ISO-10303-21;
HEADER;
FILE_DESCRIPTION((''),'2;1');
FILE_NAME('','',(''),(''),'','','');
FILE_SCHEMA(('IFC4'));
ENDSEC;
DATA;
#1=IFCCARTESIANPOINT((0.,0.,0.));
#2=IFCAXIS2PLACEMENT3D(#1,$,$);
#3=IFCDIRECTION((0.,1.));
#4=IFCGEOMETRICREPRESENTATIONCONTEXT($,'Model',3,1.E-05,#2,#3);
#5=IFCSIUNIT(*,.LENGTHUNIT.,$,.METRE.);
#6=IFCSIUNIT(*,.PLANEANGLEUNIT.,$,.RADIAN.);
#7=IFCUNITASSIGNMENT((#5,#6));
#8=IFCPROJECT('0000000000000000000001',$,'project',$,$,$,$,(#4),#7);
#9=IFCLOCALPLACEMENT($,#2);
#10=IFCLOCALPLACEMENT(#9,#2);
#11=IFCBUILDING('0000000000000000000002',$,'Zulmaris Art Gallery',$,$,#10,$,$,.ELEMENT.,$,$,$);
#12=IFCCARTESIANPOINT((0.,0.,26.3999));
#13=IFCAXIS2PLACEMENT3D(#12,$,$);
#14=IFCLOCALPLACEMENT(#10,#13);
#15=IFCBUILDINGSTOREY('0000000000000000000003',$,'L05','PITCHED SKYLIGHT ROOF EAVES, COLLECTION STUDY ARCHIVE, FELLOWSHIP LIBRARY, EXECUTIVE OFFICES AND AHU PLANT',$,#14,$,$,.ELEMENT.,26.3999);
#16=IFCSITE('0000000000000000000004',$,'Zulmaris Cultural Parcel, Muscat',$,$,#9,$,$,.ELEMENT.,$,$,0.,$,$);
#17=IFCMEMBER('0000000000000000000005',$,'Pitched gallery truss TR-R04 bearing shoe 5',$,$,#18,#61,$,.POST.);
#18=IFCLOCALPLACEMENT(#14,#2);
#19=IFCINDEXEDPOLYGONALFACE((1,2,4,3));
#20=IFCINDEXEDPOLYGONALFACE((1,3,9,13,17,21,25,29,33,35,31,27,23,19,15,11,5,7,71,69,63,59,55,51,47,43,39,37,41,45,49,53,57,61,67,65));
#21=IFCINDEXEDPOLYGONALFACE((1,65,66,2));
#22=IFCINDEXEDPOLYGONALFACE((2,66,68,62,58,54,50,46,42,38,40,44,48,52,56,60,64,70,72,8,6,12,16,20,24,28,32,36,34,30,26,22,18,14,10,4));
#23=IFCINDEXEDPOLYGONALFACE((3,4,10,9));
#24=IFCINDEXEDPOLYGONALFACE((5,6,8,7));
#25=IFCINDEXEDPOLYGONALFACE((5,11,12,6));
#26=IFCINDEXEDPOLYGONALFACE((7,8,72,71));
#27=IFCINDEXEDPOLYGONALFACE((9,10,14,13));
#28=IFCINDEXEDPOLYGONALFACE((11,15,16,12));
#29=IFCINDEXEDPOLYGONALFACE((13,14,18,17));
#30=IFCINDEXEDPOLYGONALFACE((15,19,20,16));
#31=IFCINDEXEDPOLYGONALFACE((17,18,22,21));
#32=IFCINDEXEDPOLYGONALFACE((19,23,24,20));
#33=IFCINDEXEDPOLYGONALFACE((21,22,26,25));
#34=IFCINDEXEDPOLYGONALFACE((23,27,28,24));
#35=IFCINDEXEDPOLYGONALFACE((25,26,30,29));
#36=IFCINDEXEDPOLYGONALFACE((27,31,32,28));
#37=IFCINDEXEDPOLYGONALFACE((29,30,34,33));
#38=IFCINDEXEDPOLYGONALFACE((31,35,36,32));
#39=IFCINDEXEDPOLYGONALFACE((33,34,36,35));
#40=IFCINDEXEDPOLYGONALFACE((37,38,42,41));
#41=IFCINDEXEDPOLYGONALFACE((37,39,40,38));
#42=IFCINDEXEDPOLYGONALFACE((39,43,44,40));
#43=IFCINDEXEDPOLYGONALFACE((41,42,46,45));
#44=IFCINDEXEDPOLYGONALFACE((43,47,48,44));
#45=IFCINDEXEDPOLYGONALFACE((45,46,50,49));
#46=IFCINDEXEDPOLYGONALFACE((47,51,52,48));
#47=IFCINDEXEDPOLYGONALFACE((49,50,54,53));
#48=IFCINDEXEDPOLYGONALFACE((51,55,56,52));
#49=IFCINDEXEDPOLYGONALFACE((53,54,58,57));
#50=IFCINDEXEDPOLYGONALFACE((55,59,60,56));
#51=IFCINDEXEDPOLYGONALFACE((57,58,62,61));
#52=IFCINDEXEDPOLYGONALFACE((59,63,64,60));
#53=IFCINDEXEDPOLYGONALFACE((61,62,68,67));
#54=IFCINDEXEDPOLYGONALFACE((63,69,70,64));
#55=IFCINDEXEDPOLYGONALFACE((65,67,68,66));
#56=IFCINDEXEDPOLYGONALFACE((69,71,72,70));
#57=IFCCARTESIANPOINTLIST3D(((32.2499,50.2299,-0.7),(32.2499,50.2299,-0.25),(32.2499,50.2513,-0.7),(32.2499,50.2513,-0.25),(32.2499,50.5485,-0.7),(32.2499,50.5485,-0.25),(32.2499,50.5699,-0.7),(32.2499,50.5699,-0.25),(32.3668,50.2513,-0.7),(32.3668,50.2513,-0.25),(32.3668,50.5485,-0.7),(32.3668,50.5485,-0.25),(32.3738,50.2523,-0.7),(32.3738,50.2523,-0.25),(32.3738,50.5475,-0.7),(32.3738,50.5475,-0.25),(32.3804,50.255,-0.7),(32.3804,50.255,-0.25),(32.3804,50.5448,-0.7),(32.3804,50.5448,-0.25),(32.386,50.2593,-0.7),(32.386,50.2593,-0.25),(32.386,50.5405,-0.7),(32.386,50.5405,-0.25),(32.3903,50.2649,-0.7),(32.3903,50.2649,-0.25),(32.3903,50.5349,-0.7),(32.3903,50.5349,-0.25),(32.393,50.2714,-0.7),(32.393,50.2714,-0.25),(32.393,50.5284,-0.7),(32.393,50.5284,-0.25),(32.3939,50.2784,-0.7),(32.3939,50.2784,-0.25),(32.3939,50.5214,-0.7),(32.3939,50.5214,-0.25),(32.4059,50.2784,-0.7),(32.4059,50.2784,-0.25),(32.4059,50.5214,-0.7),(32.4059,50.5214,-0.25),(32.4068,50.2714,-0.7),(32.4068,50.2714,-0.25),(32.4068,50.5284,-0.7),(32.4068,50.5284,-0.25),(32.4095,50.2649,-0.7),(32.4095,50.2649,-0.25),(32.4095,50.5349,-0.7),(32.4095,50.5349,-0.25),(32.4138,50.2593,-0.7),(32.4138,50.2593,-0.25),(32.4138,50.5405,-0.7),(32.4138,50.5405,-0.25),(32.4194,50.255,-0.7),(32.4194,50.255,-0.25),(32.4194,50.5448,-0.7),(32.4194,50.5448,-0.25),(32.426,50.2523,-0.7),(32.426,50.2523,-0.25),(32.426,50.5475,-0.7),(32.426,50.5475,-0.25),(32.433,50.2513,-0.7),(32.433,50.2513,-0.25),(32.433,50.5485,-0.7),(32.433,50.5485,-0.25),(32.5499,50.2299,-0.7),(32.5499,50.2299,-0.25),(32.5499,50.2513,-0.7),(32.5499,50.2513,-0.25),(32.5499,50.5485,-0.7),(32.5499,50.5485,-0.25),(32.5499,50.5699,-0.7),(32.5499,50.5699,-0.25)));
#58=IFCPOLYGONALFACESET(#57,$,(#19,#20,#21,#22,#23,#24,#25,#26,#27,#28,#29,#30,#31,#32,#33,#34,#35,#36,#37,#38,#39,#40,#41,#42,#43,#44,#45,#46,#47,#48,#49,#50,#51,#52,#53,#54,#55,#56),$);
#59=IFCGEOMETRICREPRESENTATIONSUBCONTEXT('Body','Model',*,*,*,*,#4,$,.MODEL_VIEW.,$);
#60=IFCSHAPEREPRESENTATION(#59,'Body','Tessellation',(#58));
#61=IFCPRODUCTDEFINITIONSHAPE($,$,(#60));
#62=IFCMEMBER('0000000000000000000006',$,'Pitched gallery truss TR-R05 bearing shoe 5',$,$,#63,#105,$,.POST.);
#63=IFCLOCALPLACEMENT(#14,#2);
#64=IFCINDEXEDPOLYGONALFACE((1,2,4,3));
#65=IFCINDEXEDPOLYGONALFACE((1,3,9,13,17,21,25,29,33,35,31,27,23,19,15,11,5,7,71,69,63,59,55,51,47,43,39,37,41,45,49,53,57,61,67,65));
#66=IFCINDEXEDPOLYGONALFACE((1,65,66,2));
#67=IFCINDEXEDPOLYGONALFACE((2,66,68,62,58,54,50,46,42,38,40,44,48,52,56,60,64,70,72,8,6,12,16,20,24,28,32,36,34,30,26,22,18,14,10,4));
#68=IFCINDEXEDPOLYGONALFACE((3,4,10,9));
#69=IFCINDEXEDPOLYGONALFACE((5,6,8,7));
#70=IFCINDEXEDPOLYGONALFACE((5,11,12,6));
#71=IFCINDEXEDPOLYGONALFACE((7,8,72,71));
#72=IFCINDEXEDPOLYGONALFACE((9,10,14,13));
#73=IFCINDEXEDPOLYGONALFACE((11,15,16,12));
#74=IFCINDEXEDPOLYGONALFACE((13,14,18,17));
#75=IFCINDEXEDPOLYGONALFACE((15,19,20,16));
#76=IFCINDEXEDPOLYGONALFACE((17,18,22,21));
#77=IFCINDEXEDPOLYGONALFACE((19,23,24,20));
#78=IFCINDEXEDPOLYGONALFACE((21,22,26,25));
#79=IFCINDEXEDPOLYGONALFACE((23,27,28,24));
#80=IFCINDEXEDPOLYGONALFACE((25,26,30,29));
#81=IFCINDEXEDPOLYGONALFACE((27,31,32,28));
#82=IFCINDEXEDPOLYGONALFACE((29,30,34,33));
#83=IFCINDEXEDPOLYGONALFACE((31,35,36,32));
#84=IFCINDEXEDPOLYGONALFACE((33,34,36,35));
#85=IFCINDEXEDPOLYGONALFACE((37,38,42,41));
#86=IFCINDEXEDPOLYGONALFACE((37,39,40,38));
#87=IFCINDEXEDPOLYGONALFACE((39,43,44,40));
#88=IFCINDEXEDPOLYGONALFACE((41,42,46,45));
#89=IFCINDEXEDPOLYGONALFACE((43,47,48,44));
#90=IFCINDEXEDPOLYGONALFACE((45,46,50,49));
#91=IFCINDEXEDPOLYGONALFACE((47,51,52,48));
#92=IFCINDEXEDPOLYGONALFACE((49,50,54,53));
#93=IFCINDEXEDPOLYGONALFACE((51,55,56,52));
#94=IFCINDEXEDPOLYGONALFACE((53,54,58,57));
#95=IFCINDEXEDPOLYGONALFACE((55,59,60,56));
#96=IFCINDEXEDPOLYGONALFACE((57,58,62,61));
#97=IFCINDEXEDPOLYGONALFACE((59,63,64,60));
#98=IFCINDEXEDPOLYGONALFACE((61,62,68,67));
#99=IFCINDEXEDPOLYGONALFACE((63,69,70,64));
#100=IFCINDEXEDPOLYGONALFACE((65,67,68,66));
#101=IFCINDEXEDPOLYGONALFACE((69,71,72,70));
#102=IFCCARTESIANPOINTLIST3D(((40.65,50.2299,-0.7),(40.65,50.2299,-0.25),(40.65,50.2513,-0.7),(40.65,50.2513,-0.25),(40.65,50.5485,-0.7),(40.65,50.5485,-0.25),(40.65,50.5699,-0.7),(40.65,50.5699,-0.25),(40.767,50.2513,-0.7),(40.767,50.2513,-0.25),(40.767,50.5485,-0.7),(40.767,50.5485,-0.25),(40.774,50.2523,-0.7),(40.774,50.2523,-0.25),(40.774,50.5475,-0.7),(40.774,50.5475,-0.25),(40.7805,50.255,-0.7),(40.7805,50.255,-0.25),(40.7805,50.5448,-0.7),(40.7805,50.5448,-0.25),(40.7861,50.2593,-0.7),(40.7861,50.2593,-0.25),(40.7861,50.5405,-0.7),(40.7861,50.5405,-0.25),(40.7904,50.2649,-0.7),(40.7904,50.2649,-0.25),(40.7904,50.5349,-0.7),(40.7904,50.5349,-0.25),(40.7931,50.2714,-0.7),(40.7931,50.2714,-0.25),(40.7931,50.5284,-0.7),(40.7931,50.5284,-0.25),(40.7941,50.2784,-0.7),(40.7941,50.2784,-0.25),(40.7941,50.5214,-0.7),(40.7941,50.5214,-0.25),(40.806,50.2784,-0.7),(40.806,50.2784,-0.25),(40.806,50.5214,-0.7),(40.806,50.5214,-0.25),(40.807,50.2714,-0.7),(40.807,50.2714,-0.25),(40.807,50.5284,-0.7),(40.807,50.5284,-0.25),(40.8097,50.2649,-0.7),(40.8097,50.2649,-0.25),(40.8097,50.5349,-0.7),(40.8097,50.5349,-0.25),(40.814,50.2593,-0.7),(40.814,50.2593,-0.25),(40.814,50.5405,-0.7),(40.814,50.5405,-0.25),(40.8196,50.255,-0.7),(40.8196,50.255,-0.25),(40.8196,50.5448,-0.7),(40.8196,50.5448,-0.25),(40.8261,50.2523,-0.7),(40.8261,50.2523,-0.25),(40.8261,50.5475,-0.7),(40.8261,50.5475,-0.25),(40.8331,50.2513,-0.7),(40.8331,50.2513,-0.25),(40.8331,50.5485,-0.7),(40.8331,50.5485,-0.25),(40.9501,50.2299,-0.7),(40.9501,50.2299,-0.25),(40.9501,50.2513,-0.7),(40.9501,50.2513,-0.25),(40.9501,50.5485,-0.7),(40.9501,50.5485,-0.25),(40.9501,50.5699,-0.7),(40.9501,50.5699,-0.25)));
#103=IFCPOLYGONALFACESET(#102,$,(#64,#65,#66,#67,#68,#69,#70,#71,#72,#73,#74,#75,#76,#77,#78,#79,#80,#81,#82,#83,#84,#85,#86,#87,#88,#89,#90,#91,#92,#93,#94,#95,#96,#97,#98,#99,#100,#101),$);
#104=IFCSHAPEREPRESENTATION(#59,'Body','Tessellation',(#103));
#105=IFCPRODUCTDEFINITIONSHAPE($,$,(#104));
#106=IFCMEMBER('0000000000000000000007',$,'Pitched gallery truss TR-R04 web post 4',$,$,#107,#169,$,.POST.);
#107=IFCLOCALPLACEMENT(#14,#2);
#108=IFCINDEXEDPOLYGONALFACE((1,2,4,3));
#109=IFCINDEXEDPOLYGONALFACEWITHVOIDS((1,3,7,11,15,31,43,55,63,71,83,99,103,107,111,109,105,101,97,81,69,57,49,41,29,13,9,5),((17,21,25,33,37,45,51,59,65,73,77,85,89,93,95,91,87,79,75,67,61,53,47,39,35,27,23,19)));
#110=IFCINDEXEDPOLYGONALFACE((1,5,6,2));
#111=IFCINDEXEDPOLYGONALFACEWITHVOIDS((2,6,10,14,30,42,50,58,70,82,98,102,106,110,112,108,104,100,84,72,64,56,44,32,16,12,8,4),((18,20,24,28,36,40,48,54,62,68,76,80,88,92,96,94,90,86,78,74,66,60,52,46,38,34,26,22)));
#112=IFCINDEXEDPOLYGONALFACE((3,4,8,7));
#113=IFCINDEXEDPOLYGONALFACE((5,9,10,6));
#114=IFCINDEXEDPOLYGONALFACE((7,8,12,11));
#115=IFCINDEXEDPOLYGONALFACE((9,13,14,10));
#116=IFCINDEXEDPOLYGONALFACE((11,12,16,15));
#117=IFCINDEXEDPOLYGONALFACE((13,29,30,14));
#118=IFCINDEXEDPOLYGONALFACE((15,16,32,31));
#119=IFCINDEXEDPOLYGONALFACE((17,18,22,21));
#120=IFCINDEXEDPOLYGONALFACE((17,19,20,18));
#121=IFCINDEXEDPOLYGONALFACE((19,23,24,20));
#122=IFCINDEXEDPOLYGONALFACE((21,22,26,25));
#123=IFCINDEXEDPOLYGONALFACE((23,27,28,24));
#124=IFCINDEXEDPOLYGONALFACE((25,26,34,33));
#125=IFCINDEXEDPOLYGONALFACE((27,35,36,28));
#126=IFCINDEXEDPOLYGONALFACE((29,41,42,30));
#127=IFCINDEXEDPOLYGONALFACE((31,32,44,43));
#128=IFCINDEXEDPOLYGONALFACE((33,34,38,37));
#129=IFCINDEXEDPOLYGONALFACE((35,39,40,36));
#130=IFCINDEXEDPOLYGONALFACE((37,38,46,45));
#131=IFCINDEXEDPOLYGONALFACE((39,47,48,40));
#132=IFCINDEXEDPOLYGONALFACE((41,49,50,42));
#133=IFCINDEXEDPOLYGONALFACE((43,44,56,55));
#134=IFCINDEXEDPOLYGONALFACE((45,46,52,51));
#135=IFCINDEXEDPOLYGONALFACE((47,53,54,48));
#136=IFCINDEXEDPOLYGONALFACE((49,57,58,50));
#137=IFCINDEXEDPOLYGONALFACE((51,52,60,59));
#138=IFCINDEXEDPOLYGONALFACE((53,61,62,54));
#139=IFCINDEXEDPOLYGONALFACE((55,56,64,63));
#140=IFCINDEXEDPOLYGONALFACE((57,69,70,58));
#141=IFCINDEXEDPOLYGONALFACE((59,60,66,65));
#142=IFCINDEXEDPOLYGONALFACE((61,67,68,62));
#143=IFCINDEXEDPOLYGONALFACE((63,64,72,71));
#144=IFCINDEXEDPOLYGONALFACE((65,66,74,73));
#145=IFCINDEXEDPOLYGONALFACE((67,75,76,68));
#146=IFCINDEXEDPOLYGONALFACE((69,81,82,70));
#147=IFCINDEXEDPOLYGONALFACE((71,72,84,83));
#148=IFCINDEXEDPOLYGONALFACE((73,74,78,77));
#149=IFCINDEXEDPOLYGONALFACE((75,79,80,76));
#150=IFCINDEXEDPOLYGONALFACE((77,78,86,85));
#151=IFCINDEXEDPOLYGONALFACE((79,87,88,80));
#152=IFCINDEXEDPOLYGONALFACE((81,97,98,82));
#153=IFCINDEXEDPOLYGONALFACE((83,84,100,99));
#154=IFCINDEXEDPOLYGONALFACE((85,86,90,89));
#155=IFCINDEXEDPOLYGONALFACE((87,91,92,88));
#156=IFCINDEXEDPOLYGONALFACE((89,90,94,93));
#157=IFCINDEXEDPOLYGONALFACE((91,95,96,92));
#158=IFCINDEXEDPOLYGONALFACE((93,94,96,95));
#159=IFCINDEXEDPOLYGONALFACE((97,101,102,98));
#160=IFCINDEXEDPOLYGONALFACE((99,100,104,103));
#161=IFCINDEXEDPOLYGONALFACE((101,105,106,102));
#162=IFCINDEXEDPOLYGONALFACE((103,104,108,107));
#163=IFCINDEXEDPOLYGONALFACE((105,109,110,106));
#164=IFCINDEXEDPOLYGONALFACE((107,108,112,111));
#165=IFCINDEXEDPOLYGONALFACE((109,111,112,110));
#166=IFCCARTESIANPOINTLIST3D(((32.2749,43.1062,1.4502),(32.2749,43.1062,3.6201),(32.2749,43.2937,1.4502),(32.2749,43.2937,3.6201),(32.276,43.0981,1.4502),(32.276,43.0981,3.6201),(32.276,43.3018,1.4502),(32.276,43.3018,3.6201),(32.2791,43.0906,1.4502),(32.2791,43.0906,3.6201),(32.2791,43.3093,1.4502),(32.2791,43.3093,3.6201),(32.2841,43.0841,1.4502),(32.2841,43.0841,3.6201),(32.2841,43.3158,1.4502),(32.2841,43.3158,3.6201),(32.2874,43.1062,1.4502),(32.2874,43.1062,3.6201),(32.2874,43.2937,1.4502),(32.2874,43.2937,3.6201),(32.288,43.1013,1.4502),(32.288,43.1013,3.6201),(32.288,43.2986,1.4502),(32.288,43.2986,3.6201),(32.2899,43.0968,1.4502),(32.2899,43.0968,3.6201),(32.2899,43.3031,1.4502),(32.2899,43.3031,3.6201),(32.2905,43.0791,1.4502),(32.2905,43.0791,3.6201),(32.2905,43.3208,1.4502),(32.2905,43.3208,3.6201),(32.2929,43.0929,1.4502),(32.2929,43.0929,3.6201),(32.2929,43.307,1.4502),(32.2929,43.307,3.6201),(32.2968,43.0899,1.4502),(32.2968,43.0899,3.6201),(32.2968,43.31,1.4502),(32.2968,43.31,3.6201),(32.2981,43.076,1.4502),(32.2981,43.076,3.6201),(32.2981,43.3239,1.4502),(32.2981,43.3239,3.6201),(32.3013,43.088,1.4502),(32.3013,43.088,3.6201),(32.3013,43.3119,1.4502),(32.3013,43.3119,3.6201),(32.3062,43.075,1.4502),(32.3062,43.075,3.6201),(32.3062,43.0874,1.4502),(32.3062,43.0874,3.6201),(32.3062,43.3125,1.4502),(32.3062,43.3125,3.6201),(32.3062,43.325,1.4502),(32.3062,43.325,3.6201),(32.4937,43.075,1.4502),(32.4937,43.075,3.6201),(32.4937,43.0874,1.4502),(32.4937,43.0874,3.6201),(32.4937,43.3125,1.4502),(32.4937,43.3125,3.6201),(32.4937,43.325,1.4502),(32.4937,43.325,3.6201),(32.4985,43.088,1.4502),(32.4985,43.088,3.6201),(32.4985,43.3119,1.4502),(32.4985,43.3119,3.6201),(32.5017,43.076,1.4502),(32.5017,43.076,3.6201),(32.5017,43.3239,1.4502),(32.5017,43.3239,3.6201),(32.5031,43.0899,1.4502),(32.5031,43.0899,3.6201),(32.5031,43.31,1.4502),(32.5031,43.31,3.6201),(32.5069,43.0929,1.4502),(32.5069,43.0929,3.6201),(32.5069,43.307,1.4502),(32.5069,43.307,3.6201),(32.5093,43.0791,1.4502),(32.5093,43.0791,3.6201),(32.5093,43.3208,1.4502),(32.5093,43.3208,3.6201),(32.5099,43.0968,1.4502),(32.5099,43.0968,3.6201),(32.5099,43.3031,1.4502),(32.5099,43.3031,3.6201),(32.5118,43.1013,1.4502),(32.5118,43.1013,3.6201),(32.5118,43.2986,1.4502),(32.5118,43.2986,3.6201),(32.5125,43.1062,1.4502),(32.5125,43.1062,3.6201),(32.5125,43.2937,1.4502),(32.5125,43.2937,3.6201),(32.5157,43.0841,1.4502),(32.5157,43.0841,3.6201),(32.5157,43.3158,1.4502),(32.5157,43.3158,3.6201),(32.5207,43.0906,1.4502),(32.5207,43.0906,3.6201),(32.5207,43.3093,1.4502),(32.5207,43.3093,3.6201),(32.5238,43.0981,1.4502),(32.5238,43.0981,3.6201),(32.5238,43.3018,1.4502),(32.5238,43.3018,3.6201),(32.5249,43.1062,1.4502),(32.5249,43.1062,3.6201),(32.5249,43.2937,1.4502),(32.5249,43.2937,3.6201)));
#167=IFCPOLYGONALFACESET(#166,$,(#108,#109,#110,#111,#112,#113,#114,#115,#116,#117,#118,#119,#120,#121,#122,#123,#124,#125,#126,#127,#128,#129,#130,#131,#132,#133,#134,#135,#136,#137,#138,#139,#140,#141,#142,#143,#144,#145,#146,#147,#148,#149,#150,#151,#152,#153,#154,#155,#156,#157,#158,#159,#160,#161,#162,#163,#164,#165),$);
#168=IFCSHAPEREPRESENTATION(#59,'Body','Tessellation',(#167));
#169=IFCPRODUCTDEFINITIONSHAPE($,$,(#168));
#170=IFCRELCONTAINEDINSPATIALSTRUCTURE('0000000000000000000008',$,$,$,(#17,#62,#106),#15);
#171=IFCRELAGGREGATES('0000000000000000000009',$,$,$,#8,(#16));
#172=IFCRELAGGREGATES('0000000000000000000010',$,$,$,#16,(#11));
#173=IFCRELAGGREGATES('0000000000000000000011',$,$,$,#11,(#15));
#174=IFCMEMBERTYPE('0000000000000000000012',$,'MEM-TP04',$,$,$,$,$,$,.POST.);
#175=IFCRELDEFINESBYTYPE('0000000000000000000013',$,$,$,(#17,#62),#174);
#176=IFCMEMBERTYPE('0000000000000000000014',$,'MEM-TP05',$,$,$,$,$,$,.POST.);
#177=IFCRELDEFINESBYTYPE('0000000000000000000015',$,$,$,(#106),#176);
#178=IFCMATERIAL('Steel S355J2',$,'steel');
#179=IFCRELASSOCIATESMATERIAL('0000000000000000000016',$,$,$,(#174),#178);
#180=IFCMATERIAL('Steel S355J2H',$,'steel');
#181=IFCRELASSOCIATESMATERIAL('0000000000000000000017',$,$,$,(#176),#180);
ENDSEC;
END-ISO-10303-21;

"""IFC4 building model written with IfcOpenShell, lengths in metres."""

from ifc_helpers import new_model, si_unit, direction, frame, origin, origin_2d, place, context, subcontext, project, spatial, hollow_rectangle, i_section, extrude, material, material_profile, profile_set, type_object, element, save


model = new_model("IFC4")

# Units and contexts
model_context = context("Model", 3, precision=1e-05, world=origin(), true_north=direction((0.0, 1.0)))
body_context = subcontext(model_context, "Body", "Model", "MODEL_VIEW")
ifc_project = project(units=[si_unit("LENGTHUNIT", "METRE"), si_unit("PLANEANGLEUNIT", "RADIAN")], contexts=[model_context])

# Site, building, storey
site_placement = place(None, origin())
site = spatial("IfcSite", under=ifc_project, at=site_placement, Name="Zulmaris Cultural Parcel, Muscat", CompositionType="ELEMENT", RefElevation=0.0)
building_placement = place(site_placement, origin())
building = spatial("IfcBuilding", under=site, at=building_placement, Name="Zulmaris Art Gallery", CompositionType="ELEMENT")
storey_placement = place(building_placement, frame((0.0, 0.0, 26.3999)))
storey = spatial("IfcBuildingStorey", under=building, at=storey_placement, Name="L05", Description="PITCHED SKYLIGHT ROOF EAVES, COLLECTION STUDY ARCHIVE, FELLOWSHIP LIBRARY, EXECUTIVE OFFICES AND AHU PLANT", CompositionType="ELEMENT", Elevation=26.3999)

# Members
ifc_material_1 = material(Name="Steel S355J2H", Category="steel")
ifc_material_2 = material(Name="Steel S355J2", Category="steel")
ifc_material_profile_1 = material_profile(ifc_material_2, i_section(OverallWidth=0.3, OverallDepth=0.3401, WebThickness=0.012, FlangeThickness=0.0215, FilletRadius=0.0271, at=origin_2d()), Name="HEB 340")
ifc_profile_set_1 = profile_set([ifc_material_profile_1], Name="Steel S355J2")
member_type_1 = type_object("IfcMemberType", Name="MEM-TP04", PredefinedType="POST", material=ifc_profile_set_1)
for number, where, z_axis, x_axis, name in (
    (1, (32.3999, 50.3999, -0.7), (0.0, 0.0, 1.0), (1.0, 0.0, 0.0), "Pitched gallery truss TR-R04 bearing shoe 5"),
    (2, (40.8, 50.3999, -0.7), (0.0, 0.0, 1.0), (1.0, 0.0, 0.0), "Pitched gallery truss TR-R05 bearing shoe 5"),
):
    element("IfcMember", number, at=place(storey_placement, frame(where, z_axis=z_axis, x_axis=x_axis)), inside=storey, type_object=member_type_1, Name=name, PredefinedType="POST", context=body_context, shape_type="SweptSolid", body=[
        extrude(i_section(OverallWidth=0.3, OverallDepth=0.3401, WebThickness=0.012, FlangeThickness=0.0215, FilletRadius=0.0271, at=origin_2d()), origin(), (0.0, 0.0, 1.0), 0.45),
    ])
ifc_material_profile_2 = material_profile(ifc_material_1, hollow_rectangle(XDim=0.25, YDim=0.25, WallThickness=0.0125, InnerFilletRadius=0.0188, OuterFilletRadius=0.0312, at=origin_2d()), Name="SHS 250x250x12.5")
ifc_profile_set_2 = profile_set([ifc_material_profile_2], Name="Steel S355J2H")
member_type_2 = type_object("IfcMemberType", Name="MEM-TP05", PredefinedType="POST", material=ifc_profile_set_2)
for number, where, z_axis, x_axis, name in (
    (3, (32.3999, 43.2, 1.4502), (0.0, 0.0, 1.0), (1.0, 0.0, 0.0), "Pitched gallery truss TR-R04 web post 4"),
):
    element("IfcMember", number, at=place(storey_placement, frame(where, z_axis=z_axis, x_axis=x_axis)), inside=storey, type_object=member_type_2, Name=name, PredefinedType="POST", context=body_context, shape_type="SweptSolid", body=[
        extrude(hollow_rectangle(XDim=0.25, YDim=0.25, WallThickness=0.0125, InnerFilletRadius=0.0188, OuterFilletRadius=0.0312, at=origin_2d()), origin(), (0.0, 0.0, 1.0), 2.1699),
    ])

save(model, "model.ifc")
